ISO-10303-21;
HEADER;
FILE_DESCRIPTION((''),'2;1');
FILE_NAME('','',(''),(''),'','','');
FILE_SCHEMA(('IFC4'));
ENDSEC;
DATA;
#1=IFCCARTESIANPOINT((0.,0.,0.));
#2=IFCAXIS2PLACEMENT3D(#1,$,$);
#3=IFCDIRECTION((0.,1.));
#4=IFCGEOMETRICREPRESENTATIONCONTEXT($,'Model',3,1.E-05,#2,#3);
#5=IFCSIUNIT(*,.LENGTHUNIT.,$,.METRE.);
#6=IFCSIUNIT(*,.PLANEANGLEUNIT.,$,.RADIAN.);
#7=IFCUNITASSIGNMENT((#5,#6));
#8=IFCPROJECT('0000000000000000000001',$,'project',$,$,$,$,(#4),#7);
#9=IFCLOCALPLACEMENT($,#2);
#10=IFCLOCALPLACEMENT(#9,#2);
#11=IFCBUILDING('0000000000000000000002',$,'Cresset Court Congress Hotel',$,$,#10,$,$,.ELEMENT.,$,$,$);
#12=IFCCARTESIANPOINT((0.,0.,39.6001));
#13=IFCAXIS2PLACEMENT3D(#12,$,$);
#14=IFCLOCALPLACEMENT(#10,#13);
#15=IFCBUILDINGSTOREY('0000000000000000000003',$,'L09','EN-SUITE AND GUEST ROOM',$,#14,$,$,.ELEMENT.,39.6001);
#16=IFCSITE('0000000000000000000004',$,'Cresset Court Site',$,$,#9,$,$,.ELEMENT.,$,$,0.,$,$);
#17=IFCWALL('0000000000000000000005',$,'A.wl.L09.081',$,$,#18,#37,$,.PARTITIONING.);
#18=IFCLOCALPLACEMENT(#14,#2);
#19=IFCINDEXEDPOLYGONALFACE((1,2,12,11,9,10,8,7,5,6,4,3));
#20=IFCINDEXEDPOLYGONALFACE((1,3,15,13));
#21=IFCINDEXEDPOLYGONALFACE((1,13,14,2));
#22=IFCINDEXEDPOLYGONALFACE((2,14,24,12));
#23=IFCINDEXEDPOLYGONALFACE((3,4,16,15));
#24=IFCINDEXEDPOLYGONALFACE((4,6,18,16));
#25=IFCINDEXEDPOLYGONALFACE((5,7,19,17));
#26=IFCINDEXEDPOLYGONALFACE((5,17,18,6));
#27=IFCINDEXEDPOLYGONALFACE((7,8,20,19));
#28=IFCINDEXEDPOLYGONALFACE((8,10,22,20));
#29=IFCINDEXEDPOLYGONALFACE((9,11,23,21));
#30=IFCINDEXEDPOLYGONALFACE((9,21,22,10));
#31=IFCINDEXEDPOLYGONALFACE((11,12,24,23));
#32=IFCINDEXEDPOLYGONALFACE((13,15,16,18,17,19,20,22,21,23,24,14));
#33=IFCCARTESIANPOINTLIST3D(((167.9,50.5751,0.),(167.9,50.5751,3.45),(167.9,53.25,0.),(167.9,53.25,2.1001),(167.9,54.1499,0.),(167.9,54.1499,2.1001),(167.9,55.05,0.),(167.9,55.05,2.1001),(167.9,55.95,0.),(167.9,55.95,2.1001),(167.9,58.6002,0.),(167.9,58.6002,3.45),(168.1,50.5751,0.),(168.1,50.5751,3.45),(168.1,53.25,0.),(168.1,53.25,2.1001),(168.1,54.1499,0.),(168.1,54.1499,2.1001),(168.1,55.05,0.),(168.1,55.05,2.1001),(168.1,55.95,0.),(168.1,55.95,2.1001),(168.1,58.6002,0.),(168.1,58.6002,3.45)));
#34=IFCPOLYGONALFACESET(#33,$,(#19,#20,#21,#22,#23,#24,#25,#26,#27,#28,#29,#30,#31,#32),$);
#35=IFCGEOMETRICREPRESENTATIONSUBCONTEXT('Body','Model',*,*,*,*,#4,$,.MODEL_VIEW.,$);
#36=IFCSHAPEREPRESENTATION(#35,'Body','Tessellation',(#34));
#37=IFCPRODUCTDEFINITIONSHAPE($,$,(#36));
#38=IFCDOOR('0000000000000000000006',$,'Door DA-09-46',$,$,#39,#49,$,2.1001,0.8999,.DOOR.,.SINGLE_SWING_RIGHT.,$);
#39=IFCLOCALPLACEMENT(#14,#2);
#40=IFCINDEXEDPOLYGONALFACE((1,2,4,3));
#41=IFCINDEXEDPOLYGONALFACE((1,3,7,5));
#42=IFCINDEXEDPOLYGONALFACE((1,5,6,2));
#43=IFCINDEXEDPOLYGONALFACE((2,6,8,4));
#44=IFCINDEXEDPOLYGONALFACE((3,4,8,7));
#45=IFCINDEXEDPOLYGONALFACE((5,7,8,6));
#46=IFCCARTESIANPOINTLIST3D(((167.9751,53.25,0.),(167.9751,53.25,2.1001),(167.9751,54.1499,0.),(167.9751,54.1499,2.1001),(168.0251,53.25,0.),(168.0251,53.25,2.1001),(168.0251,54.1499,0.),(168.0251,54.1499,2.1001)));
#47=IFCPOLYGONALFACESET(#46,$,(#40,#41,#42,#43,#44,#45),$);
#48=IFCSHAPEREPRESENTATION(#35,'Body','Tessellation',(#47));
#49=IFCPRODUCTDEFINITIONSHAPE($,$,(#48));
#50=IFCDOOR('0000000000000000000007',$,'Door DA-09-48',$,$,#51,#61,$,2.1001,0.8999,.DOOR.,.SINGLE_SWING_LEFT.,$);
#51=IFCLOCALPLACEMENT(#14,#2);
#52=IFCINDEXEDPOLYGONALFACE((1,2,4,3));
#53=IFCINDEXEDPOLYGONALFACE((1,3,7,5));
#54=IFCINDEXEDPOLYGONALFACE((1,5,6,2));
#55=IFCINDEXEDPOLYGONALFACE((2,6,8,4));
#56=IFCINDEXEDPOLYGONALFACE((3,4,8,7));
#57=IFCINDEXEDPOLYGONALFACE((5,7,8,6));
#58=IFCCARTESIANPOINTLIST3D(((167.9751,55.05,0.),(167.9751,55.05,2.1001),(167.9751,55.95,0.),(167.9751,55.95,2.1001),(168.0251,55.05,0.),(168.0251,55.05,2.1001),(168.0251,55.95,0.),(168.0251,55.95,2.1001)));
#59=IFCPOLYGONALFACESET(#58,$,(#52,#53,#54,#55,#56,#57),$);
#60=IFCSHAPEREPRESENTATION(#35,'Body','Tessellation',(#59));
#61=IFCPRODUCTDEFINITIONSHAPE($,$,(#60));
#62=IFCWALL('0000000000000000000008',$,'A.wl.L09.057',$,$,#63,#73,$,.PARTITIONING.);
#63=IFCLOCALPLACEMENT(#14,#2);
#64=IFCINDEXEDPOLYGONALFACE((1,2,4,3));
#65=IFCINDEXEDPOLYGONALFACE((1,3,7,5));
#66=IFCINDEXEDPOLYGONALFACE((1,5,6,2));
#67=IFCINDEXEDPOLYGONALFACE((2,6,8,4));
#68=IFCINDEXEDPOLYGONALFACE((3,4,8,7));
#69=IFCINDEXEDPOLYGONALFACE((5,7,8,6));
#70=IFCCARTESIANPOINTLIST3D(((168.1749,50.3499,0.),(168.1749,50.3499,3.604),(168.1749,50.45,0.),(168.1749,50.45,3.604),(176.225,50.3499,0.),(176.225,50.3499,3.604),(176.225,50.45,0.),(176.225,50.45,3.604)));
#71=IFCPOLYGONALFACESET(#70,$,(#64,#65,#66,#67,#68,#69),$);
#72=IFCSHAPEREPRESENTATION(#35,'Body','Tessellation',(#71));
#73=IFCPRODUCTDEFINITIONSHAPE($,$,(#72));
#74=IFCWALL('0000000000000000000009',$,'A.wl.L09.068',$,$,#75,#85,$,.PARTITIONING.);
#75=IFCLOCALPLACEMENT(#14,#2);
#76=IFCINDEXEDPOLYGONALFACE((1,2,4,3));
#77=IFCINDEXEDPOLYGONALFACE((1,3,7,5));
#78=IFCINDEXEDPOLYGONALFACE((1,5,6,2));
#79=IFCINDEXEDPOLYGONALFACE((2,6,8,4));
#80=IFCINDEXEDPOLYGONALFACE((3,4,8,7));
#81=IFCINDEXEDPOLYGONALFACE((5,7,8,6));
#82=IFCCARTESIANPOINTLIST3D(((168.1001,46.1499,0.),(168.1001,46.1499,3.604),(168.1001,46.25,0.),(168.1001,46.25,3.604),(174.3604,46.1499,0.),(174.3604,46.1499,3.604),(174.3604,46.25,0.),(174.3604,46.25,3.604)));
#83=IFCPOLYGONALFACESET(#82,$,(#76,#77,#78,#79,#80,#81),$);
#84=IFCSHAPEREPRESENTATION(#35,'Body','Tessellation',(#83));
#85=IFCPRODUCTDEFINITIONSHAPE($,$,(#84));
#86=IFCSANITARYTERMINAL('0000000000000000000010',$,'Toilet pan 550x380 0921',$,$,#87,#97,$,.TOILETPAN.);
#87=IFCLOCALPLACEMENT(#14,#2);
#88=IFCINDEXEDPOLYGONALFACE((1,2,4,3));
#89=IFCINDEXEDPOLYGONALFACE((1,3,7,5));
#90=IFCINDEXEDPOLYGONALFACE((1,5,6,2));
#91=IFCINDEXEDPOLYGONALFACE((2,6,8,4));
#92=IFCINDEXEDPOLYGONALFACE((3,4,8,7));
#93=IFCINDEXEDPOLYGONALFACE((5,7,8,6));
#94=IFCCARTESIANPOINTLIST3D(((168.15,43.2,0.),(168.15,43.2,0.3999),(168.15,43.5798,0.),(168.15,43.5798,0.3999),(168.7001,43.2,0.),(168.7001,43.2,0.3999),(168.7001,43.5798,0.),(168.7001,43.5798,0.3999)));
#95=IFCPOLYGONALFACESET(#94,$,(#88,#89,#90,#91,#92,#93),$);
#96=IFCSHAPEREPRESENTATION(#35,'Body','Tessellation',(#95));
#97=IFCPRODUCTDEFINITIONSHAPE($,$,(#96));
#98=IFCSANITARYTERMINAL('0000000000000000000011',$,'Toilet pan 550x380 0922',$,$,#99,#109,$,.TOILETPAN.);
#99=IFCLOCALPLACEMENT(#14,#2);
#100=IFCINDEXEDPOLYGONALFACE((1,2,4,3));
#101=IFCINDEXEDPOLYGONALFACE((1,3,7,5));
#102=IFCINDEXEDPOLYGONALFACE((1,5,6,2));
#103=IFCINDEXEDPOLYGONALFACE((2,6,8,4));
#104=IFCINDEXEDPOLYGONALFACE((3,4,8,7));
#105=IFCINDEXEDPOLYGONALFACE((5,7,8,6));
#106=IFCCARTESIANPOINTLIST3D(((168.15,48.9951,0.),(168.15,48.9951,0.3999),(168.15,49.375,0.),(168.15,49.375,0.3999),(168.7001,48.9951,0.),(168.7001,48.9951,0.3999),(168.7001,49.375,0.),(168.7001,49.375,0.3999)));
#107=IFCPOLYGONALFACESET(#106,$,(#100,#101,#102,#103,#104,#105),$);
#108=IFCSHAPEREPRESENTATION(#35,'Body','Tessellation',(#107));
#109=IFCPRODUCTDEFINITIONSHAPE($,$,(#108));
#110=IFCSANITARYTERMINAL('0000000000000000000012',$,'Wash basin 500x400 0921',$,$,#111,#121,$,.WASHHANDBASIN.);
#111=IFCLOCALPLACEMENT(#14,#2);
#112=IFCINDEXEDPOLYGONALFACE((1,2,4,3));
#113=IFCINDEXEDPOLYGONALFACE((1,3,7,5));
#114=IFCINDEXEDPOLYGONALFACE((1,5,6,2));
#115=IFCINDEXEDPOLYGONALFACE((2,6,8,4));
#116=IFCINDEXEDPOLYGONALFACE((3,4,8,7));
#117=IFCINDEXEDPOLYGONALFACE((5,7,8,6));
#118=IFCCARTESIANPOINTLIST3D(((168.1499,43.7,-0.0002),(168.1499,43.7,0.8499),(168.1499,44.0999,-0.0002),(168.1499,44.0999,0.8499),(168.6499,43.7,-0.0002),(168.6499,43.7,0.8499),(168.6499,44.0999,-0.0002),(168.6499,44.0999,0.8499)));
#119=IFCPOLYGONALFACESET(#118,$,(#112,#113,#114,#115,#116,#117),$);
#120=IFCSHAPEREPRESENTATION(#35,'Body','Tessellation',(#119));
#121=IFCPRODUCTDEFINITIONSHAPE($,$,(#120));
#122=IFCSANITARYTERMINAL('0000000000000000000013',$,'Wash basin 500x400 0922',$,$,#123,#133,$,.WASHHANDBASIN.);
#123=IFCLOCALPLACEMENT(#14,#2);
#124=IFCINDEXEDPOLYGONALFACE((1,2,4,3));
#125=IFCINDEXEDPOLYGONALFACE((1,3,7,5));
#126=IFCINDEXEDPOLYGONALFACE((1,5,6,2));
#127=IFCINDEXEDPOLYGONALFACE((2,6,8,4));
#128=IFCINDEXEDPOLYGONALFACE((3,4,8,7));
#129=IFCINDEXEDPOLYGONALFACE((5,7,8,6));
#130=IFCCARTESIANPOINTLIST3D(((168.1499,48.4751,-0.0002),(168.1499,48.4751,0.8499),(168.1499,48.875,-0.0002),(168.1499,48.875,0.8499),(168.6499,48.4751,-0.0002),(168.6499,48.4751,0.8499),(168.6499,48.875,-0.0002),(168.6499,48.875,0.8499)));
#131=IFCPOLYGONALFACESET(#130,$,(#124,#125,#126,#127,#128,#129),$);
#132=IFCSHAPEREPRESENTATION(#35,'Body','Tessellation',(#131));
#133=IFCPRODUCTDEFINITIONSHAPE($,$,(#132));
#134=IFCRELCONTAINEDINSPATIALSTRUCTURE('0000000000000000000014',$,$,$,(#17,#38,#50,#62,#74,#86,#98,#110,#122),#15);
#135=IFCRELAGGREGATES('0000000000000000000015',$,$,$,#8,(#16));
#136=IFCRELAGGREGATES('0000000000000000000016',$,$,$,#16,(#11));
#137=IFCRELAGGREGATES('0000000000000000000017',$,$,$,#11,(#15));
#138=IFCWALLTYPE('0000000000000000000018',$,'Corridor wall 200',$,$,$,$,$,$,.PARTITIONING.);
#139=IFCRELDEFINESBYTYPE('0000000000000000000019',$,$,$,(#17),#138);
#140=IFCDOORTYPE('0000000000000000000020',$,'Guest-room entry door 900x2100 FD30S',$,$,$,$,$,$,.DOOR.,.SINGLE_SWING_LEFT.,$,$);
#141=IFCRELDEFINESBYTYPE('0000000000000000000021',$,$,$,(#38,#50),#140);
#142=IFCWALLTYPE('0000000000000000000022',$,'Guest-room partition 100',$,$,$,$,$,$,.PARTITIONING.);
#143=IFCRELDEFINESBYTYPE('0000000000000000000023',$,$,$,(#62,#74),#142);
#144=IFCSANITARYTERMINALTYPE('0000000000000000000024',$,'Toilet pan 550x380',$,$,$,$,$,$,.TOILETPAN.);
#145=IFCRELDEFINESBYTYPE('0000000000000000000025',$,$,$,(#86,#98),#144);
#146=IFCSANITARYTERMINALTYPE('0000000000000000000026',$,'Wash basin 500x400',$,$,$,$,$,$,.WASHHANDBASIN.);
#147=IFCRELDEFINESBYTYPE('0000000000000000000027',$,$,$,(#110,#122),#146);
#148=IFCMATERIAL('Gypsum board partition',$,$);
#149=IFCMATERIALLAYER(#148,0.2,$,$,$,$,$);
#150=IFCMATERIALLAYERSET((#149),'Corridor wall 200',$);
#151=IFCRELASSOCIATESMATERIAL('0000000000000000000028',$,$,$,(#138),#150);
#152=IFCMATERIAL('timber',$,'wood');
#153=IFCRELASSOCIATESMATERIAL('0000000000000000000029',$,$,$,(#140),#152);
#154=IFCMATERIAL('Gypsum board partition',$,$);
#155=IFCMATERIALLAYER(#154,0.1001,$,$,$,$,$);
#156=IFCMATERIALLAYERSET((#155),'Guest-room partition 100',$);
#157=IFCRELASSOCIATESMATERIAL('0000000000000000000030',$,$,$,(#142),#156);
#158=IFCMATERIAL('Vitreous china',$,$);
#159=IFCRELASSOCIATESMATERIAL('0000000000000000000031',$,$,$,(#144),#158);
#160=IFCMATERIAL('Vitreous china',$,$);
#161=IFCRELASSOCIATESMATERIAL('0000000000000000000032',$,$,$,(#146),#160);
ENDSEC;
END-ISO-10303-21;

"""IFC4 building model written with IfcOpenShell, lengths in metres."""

from ifc_helpers import new_model, si_unit, direction, frame, frame_2d, origin, origin_2d, place, context, subcontext, project, spatial, rectangle, extrude, material, layer, layer_set, type_object, element, fill, save


model = new_model("IFC4")

# Units and contexts
model_context = context("Model", 3, precision=1e-05, world=origin(), true_north=direction((0.0, 1.0)))
body_context = subcontext(model_context, "Body", "Model", "MODEL_VIEW")
ifc_project = project(units=[si_unit("LENGTHUNIT", "METRE"), si_unit("PLANEANGLEUNIT", "RADIAN")], contexts=[model_context])

# Site, building, storey
site_placement = place(None, origin())
site = spatial("IfcSite", under=ifc_project, at=site_placement, Name="Cresset Court Site", CompositionType="ELEMENT", RefElevation=0.0)
building_placement = place(site_placement, origin())
building = spatial("IfcBuilding", under=site, at=building_placement, Name="Cresset Court Congress Hotel", CompositionType="ELEMENT")
storey_placement = place(building_placement, frame((0.0, 0.0, 39.6001)))
storey = spatial("IfcBuildingStorey", under=building, at=storey_placement, Name="L09", Description="EN-SUITE AND GUEST ROOM", CompositionType="ELEMENT", Elevation=39.6001)

# Wall, openings, doors
ifc_material_1 = material(Name="Gypsum board partition")
ifc_layer_1 = layer(ifc_material_1, 0.2)
ifc_layer_set_1 = layer_set([ifc_layer_1], Name="Corridor wall 200")
wall_type_1 = type_object("IfcWallType", Name="Corridor wall 200", PredefinedType="PARTITIONING", material=ifc_layer_set_1)
ifc_material_2 = material(Name="timber", Category="wood")
door_type = type_object("IfcDoorType", Name="Guest-room entry door 900x2100 FD30S", OperationType="SINGLE_SWING_LEFT", PredefinedType="DOOR", material=ifc_material_2)
wall_1_placement = place(storey_placement, frame((168.0, 50.575, 0.0), z_axis=(0.0, 0.0, 1.0), x_axis=(0.0, 1.0, 0.0)))
wall_1 = element("IfcWall", 1, at=wall_1_placement, inside=storey, type_object=wall_type_1, Name="A.wl.L09.081", PredefinedType="PARTITIONING", context=body_context, shape_type="SweptSolid", body=[
    extrude(rectangle(XDim=8.0251, YDim=0.2, at=frame_2d((4.0127, 0.0))), origin(), (0.0, 0.0, 1.0), 3.45),
])
opening_1_placement = place(wall_1_placement, frame((2.675, 0.0, 0.0)))
opening_1 = element("IfcOpeningElement", 2, at=opening_1_placement, cuts=wall_1, PredefinedType="OPENING", context=body_context, shape_type="SweptSolid", body=[
    extrude(rectangle(XDim=0.8999, YDim=2.1001, at=frame_2d((0.45, 1.05))), frame((0.0, 0.1099, 0.0), z_axis=(0.0, -1.0, 0.0), x_axis=(1.0, 0.0, 0.0)), (0.0, 0.0, 1.0), 0.22),
])
opening_2_placement = place(wall_1_placement, frame((4.4751, 0.0, 0.0)))
opening_2 = element("IfcOpeningElement", 3, at=opening_2_placement, cuts=wall_1, PredefinedType="OPENING", context=body_context, shape_type="SweptSolid", body=[
    extrude(rectangle(XDim=0.8999, YDim=2.1001, at=frame_2d((0.45, 1.05))), frame((0.0, 0.1099, 0.0), z_axis=(0.0, -1.0, 0.0), x_axis=(1.0, 0.0, 0.0)), (0.0, 0.0, 1.0), 0.22),
])
door_1_placement = place(opening_1_placement, origin())
door_1 = element("IfcDoor", 4, at=door_1_placement, inside=storey, type_object=door_type, Name="Door DA-09-46", OperationType="SINGLE_SWING_RIGHT", OverallHeight=2.1001, OverallWidth=0.8999, PredefinedType="DOOR", context=body_context, shape_type="SweptSolid", body=[
    extrude(rectangle(XDim=0.8999, YDim=2.1001, at=frame_2d((0.45, 1.05))), frame((0.0, 0.0249, 0.0), z_axis=(0.0, -1.0, 0.0), x_axis=(1.0, 0.0, 0.0)), (0.0, 0.0, 1.0), 0.05),
])
fill(opening_1, door_1)
door_2_placement = place(opening_2_placement, origin())
door_2 = element("IfcDoor", 5, at=door_2_placement, inside=storey, type_object=door_type, Name="Door DA-09-48", OperationType="SINGLE_SWING_LEFT", OverallHeight=2.1001, OverallWidth=0.8999, PredefinedType="DOOR", context=body_context, shape_type="SweptSolid", body=[
    extrude(rectangle(XDim=0.8999, YDim=2.1001, at=frame_2d((0.45, 1.05))), frame((0.0, 0.0249, 0.0), z_axis=(0.0, -1.0, 0.0), x_axis=(1.0, 0.0, 0.0)), (0.0, 0.0, 1.0), 0.05),
])
fill(opening_2, door_2)

# Walls
ifc_material_3 = material(Name="Gypsum board partition")
ifc_layer_2 = layer(ifc_material_3, 0.1001)
ifc_layer_set_2 = layer_set([ifc_layer_2], Name="Guest-room partition 100")
wall_type_2 = type_object("IfcWallType", Name="Guest-room partition 100", PredefinedType="PARTITIONING", material=ifc_layer_set_2)
wall_2_placement = place(storey_placement, frame((168.175, 50.3999, 0.0), z_axis=(0.0, 0.0, 1.0), x_axis=(1.0, 0.0, 0.0)))
element("IfcWall", 6, at=wall_2_placement, inside=storey, type_object=wall_type_2, Name="A.wl.L09.057", PredefinedType="PARTITIONING", context=body_context, shape_type="SweptSolid", body=[
    extrude(rectangle(XDim=8.05, YDim=0.1001, at=frame_2d((4.0249, 0.0))), origin(), (0.0, 0.0, 1.0), 3.604),
])
wall_3_placement = place(storey_placement, frame((168.1001, 46.2, 0.0), z_axis=(0.0, 0.0, 1.0), x_axis=(1.0, 0.0, 0.0)))
element("IfcWall", 7, at=wall_3_placement, inside=storey, type_object=wall_type_2, Name="A.wl.L09.068", PredefinedType="PARTITIONING", context=body_context, shape_type="SweptSolid", body=[
    extrude(rectangle(XDim=6.2603, YDim=0.1001, at=frame_2d((3.1301, 0.0))), origin(), (0.0, 0.0, 1.0), 3.604),
])

# Sanitary terminals
ifc_material_4 = material(Name="Vitreous china")
sanitary_terminal_type_1 = type_object("IfcSanitaryTerminalType", Name="Toilet pan 550x380", PredefinedType="TOILETPAN", material=ifc_material_4)
for number, where, z_axis, x_axis, name in (
    (8, (168.425, 43.3899, 0.0), (0.0, 0.0, 1.0), (1.0, 0.0, 0.0), "Toilet pan 550x380 0921"),
    (9, (168.425, 49.1851, 0.0), (0.0, 0.0, 1.0), (1.0, 0.0, 0.0), "Toilet pan 550x380 0922"),
):
    element("IfcSanitaryTerminal", number, at=place(storey_placement, frame(where, z_axis=z_axis, x_axis=x_axis)), inside=storey, type_object=sanitary_terminal_type_1, Name=name, PredefinedType="TOILETPAN", context=body_context, shape_type="SweptSolid", body=[
        extrude(rectangle(XDim=0.55, YDim=0.3799, at=origin_2d()), origin(), (0.0, 0.0, 1.0), 0.3999),
    ])
ifc_material_5 = material(Name="Vitreous china")
sanitary_terminal_type_2 = type_object("IfcSanitaryTerminalType", Name="Wash basin 500x400", PredefinedType="WASHHANDBASIN", material=ifc_material_5)
for number, where, z_axis, x_axis, name in (
    (10, (168.3999, 43.8999, -0.0002), (0.0, 0.0, 1.0), (1.0, 0.0, 0.0), "Wash basin 500x400 0921"),
    (11, (168.3999, 48.675, -0.0002), (0.0, 0.0, 1.0), (1.0, 0.0, 0.0), "Wash basin 500x400 0922"),
):
    element("IfcSanitaryTerminal", number, at=place(storey_placement, frame(where, z_axis=z_axis, x_axis=x_axis)), inside=storey, type_object=sanitary_terminal_type_2, Name=name, PredefinedType="WASHHANDBASIN", context=body_context, shape_type="SweptSolid", body=[
        extrude(rectangle(XDim=0.5, YDim=0.3999, at=origin_2d()), origin(), (0.0, 0.0, 1.0), 0.8501),
    ])

save(model, "model.ifc")
